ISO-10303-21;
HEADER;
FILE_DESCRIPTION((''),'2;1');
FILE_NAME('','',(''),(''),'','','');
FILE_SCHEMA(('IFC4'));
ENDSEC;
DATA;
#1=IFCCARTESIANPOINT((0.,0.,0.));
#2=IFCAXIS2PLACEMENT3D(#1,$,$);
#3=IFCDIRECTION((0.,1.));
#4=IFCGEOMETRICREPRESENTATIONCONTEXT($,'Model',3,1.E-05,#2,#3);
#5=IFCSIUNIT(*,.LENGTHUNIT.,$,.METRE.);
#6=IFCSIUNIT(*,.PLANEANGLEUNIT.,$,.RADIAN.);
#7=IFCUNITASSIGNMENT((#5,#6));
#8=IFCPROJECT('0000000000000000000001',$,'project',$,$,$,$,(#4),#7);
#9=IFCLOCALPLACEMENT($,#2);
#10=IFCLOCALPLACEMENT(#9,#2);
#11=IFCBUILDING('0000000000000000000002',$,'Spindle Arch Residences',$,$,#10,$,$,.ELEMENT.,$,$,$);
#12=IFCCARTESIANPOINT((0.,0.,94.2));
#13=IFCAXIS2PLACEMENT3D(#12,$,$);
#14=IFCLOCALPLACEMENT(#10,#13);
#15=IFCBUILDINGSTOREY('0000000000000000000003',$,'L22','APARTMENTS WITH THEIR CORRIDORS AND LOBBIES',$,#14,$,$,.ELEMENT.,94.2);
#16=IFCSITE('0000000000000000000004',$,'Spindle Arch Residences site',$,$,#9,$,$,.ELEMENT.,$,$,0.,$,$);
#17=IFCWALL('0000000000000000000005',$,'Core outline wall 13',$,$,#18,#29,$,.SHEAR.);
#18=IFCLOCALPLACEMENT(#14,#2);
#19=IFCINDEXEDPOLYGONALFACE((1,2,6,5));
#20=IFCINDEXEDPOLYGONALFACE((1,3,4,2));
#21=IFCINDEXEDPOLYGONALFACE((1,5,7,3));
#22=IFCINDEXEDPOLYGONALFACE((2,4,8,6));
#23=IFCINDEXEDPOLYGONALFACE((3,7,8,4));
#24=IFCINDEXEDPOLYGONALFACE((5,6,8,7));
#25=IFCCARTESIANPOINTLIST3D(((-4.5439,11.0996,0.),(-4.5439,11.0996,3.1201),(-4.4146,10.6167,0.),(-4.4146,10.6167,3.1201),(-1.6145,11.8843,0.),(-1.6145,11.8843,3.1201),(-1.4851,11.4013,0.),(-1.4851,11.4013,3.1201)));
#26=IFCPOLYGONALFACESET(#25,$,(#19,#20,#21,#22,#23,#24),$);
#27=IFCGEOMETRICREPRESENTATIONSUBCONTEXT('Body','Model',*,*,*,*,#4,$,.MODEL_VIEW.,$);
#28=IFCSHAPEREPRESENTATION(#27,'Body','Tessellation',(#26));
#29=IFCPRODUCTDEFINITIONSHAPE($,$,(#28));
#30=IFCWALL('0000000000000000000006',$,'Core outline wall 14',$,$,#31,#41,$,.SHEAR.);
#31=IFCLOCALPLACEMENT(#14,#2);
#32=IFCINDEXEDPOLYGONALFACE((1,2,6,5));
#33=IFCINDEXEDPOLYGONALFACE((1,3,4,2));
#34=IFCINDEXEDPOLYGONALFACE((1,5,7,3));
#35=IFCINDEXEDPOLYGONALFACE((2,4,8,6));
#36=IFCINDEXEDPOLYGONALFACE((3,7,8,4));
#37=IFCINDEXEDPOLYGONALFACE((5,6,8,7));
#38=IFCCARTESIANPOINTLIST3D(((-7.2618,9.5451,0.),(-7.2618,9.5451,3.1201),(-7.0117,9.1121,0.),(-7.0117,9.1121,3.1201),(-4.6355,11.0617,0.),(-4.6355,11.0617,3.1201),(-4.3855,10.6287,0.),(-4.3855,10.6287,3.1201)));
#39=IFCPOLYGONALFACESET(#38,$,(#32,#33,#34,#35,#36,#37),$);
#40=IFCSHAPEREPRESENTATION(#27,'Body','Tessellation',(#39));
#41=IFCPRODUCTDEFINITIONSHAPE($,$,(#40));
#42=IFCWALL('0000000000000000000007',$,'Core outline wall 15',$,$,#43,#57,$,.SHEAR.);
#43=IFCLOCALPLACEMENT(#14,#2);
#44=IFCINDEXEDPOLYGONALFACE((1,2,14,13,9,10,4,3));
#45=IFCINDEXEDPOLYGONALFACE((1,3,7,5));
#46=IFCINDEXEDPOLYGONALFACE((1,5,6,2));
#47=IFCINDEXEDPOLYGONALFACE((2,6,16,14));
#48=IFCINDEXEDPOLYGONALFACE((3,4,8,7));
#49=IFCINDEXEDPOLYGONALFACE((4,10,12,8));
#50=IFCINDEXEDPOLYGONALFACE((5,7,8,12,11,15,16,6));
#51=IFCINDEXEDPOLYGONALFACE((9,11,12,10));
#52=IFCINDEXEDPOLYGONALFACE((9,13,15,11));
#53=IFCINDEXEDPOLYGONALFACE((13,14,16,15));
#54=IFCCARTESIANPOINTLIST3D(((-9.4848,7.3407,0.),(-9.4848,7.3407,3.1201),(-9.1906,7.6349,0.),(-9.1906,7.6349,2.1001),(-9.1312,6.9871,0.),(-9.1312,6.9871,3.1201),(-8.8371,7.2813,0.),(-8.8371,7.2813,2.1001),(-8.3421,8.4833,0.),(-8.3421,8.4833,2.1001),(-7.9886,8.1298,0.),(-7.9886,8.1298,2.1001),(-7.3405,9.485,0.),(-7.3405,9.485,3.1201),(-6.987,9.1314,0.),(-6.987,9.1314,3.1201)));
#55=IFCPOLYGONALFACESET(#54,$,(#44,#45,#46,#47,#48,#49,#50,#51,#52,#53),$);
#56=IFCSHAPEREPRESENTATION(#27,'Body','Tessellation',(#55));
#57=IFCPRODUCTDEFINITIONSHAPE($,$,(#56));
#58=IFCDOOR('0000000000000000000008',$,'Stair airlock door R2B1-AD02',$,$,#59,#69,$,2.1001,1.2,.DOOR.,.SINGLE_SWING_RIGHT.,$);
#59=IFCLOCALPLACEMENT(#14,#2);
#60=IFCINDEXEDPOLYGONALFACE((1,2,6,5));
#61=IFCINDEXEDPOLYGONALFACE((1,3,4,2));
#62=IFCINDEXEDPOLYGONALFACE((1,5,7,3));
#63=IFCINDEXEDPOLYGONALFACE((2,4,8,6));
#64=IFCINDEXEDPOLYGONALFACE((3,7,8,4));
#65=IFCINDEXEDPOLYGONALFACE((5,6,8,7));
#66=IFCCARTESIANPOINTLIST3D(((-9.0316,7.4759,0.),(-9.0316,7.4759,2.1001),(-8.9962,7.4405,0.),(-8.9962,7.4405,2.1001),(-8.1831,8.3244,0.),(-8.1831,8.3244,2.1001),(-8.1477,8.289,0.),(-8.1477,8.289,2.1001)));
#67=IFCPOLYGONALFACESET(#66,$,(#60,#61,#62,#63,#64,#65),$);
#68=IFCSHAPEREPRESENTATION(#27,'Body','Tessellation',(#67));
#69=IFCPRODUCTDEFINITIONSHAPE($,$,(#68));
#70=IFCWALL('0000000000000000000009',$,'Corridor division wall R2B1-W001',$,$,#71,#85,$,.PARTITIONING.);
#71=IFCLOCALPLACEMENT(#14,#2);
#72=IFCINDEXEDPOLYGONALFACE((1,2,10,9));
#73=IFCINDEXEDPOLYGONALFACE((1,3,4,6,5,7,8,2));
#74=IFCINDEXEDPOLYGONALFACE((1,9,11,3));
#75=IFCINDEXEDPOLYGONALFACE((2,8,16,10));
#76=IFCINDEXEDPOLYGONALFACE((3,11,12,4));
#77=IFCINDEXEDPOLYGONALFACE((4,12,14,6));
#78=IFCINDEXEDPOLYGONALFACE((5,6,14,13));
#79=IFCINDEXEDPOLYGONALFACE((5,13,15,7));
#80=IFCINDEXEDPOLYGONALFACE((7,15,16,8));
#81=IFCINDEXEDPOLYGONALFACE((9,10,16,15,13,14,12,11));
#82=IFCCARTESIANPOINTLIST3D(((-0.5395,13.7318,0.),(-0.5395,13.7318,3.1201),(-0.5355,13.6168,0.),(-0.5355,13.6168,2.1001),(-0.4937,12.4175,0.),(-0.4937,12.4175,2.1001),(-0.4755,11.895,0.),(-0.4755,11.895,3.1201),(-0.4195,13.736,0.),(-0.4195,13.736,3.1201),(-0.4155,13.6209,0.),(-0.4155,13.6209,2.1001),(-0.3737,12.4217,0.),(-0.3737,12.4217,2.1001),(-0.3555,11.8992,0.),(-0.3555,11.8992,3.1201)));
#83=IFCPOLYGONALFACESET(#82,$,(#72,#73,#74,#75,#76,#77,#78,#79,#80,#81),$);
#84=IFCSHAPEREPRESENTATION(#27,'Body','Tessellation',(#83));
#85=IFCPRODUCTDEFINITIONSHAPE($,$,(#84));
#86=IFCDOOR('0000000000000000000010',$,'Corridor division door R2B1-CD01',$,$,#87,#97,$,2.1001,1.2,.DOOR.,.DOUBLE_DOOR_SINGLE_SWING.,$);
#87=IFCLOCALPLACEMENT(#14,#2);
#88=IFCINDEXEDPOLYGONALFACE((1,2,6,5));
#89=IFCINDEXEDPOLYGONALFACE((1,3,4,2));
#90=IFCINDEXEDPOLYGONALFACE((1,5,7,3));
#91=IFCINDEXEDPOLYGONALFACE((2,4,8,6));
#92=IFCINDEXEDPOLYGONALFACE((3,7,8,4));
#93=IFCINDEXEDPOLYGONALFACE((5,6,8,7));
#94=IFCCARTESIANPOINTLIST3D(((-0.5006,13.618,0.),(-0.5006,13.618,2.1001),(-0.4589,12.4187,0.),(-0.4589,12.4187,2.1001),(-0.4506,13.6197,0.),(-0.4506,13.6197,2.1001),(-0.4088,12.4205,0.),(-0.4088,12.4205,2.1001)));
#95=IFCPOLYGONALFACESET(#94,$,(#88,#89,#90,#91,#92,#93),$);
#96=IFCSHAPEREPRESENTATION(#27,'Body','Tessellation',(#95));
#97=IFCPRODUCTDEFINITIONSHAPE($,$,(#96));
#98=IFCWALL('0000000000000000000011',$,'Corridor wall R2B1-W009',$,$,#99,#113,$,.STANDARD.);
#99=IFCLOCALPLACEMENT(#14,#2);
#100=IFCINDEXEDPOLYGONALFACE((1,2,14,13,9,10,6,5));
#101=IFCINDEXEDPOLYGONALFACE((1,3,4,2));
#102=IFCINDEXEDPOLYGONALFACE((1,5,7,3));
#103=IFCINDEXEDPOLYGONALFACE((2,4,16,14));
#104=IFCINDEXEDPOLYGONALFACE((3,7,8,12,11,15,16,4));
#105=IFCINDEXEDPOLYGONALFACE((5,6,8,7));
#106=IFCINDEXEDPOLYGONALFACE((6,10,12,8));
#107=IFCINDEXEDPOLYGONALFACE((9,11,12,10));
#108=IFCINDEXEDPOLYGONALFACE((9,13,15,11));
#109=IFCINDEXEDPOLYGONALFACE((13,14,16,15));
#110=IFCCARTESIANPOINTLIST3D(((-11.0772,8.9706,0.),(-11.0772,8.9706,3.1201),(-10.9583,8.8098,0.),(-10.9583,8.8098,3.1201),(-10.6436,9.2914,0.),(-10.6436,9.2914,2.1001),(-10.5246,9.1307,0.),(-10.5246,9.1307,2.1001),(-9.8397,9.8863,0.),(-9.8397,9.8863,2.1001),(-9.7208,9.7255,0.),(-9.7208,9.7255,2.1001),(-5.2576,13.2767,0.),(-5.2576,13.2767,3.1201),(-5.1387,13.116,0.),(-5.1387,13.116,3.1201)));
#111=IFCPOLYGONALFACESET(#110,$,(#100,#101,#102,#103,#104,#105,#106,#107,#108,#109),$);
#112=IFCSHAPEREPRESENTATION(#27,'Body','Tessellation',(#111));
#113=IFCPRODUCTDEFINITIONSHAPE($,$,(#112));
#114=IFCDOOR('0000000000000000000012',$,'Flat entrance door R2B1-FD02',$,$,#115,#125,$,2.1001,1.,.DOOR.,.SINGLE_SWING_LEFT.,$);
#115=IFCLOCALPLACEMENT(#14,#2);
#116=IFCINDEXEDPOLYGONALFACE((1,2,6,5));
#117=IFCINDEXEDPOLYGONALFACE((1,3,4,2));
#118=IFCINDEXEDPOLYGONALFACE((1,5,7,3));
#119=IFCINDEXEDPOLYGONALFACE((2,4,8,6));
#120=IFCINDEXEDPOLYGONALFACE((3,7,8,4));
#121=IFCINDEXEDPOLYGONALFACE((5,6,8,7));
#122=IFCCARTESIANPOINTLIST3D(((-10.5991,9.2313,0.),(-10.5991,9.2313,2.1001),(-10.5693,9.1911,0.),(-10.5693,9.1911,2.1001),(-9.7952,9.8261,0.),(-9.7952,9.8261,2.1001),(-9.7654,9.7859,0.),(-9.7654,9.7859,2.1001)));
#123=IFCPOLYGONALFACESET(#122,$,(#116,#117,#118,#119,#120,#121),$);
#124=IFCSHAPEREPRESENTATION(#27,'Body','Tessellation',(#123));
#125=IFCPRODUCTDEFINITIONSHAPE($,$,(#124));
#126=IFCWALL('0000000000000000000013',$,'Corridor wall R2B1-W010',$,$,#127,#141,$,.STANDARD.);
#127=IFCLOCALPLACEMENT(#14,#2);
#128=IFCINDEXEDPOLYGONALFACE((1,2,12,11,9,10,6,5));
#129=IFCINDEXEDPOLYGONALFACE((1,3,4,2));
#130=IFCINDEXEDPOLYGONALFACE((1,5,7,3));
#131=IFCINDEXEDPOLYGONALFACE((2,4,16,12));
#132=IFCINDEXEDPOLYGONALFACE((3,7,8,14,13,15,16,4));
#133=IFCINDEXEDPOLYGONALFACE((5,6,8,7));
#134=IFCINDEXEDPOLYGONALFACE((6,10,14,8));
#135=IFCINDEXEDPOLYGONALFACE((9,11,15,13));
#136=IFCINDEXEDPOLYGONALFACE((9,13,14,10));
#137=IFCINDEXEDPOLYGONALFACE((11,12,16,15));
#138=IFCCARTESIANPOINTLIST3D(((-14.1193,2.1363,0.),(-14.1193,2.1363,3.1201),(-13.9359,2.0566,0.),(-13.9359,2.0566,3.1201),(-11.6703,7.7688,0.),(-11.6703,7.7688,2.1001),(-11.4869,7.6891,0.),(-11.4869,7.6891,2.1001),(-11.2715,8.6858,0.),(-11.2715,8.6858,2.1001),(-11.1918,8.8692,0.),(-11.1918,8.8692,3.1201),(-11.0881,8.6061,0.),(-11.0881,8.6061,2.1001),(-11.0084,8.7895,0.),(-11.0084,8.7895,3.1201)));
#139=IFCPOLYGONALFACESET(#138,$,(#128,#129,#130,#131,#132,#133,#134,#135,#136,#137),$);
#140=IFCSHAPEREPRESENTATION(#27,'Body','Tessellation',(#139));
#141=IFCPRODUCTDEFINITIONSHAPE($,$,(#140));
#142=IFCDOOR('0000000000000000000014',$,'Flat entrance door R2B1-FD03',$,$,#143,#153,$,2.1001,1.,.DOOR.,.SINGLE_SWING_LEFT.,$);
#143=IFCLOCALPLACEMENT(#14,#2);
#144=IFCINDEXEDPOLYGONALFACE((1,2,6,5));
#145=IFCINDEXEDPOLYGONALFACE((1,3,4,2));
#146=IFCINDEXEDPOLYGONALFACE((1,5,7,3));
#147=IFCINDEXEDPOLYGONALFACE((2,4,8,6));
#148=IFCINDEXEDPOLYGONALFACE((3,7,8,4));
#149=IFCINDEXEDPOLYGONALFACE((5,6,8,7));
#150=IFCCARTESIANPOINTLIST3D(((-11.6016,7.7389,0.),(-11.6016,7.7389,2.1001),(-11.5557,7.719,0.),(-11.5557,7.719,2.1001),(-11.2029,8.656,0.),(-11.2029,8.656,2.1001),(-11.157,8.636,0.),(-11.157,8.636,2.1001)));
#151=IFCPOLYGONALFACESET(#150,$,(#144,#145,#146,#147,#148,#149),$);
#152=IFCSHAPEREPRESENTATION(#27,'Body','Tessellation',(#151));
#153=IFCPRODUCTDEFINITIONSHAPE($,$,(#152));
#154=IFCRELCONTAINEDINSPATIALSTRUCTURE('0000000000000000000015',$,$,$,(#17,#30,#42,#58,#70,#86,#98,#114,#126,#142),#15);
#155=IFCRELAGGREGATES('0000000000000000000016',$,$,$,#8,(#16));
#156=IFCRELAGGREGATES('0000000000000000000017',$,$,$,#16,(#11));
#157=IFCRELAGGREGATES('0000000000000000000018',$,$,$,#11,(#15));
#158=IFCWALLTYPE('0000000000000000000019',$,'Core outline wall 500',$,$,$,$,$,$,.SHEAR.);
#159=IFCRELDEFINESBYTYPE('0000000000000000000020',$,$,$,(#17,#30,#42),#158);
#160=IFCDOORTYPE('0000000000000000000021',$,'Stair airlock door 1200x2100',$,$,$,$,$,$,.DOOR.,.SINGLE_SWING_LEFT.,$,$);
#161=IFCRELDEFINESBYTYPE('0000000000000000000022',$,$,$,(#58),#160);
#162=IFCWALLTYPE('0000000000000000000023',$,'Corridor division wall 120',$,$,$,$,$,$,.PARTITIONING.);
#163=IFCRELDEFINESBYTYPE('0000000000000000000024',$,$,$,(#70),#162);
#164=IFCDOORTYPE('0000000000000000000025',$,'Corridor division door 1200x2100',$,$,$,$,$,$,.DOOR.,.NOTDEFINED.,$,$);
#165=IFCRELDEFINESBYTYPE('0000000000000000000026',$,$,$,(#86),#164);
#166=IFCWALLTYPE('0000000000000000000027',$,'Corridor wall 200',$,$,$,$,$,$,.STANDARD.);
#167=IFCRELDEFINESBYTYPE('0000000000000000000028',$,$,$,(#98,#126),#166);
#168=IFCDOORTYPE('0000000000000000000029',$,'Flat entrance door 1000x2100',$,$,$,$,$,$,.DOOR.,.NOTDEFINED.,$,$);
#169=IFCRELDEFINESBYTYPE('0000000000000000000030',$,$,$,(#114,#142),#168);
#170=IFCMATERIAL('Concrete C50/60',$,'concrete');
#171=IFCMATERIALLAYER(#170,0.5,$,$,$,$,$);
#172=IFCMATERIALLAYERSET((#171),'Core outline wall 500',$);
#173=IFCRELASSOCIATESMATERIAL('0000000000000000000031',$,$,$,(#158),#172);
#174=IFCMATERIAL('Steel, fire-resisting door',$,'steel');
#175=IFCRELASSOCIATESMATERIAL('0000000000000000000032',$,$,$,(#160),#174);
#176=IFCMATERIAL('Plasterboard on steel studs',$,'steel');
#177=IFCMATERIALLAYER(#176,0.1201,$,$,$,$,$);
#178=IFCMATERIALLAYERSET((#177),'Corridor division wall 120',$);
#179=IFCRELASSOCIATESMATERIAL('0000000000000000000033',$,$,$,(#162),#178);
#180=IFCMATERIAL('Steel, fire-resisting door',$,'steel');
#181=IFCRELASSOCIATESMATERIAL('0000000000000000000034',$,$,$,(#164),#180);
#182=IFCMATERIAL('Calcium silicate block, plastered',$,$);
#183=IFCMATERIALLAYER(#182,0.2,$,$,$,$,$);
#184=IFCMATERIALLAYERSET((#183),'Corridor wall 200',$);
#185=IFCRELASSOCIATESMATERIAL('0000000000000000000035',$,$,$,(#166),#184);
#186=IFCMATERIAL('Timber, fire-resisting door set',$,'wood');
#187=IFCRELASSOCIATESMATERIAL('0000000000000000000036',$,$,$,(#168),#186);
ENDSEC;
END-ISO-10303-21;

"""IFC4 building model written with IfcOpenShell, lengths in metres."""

from ifc_helpers import new_model, si_unit, direction, frame, frame_2d, origin, place, context, subcontext, project, spatial, rectangle, extrude, material, layer, layer_set, type_object, element, fill, save


model = new_model("IFC4")

# Units and contexts
model_context = context("Model", 3, precision=1e-05, world=origin(), true_north=direction((0.0, 1.0)))
body_context = subcontext(model_context, "Body", "Model", "MODEL_VIEW")
ifc_project = project(units=[si_unit("LENGTHUNIT", "METRE"), si_unit("PLANEANGLEUNIT", "RADIAN")], contexts=[model_context])

# Site, building, storey
site_placement = place(None, origin())
site = spatial("IfcSite", under=ifc_project, at=site_placement, Name="Spindle Arch Residences site", CompositionType="ELEMENT", RefElevation=0.0)
building_placement = place(site_placement, origin())
building = spatial("IfcBuilding", under=site, at=building_placement, Name="Spindle Arch Residences", CompositionType="ELEMENT")
storey_placement = place(building_placement, frame((0.0, 0.0, 94.2)))
storey = spatial("IfcBuildingStorey", under=building, at=storey_placement, Name="L22", Description="APARTMENTS WITH THEIR CORRIDORS AND LOBBIES", CompositionType="ELEMENT", Elevation=94.2)

# Walls
ifc_material_1 = material(Name="Concrete C50/60", Category="concrete")
ifc_layer_1 = layer(ifc_material_1, 0.5)
ifc_layer_set_1 = layer_set([ifc_layer_1], Name="Core outline wall 500")
wall_type_1 = type_object("IfcWallType", Name="Core outline wall 500", PredefinedType="SHEAR", material=ifc_layer_set_1)
for number, where, z_axis, x_axis, name in (
    (1, (-1.5498, 11.6428, 0.0), (0.0, 0.0, 1.0), (-0.965948, -0.258735, 0.0), "Core outline wall 13"),
    (2, (-4.5105, 10.8452, 0.0), (0.0, 0.0, 1.0), (-0.865975, -0.500087, 0.0), "Core outline wall 14"),
):
    element("IfcWall", number, at=place(storey_placement, frame(where, z_axis=z_axis, x_axis=x_axis)), inside=storey, type_object=wall_type_1, Name=name, PredefinedType="SHEAR", context=body_context, shape_type="SweptSolid", body=[
        extrude(rectangle(XDim=3.0327, YDim=0.5, at=frame_2d((1.5164, 0.0))), origin(), (0.0, 0.0, 1.0), 3.1201),
    ])

# Walls, openings, doors
wall_1_placement = place(storey_placement, frame((-7.1638, 9.3081, 0.0), z_axis=(0.0, 0.0, 1.0), x_axis=(-0.707107, -0.707107, 0.0)))
wall_1 = element("IfcWall", 3, at=wall_1_placement, inside=storey, type_object=wall_type_1, Name="Core outline wall 15", PredefinedType="SHEAR", context=body_context, shape_type="SweptSolid", body=[
    extrude(rectangle(XDim=3.0325, YDim=0.5, at=frame_2d((1.5161, 0.0))), origin(), (0.0, 0.0, 1.0), 3.1201),
])
opening_1_placement = place(wall_1_placement, frame((1.4163, 0.0, 0.0)))
opening_1 = element("IfcOpeningElement", 4, at=opening_1_placement, cuts=wall_1, PredefinedType="OPENING", context=body_context, shape_type="SweptSolid", body=[
    extrude(rectangle(XDim=1.2, YDim=2.1001, at=frame_2d((0.6001, 1.05))), frame((0.0, 0.26, 0.0), z_axis=(0.0, -1.0, 0.0), x_axis=(1.0, 0.0, 0.0)), (0.0, 0.0, 1.0), 0.52),
])
ifc_material_2 = material(Name="Steel, fire-resisting door", Category="steel")
door_type_1 = type_object("IfcDoorType", Name="Stair airlock door 1200x2100", OperationType="SINGLE_SWING_LEFT", PredefinedType="DOOR", material=ifc_material_2)
door_1_placement = place(opening_1_placement, origin())
door_1 = element("IfcDoor", 5, at=door_1_placement, inside=storey, type_object=door_type_1, Name="Stair airlock door R2B1-AD02", OperationType="SINGLE_SWING_RIGHT", OverallHeight=2.1001, OverallWidth=1.2, PredefinedType="DOOR", context=body_context, shape_type="SweptSolid", body=[
    extrude(rectangle(XDim=1.2, YDim=2.1001, at=frame_2d((0.6001, 1.05))), frame((0.0, 0.0249, 0.0), z_axis=(0.0, -1.0, 0.0), x_axis=(1.0, 0.0, 0.0)), (0.0, 0.0, 1.0), 0.05),
])
fill(opening_1, door_1)
ifc_material_3 = material(Name="Plasterboard on steel studs", Category="steel")
ifc_layer_2 = layer(ifc_material_3, 0.1201)
ifc_layer_set_2 = layer_set([ifc_layer_2], Name="Corridor division wall 120")
wall_type_2 = type_object("IfcWallType", Name="Corridor division wall 120", PredefinedType="PARTITIONING", material=ifc_layer_set_2)
wall_2_placement = place(storey_placement, frame((-0.4795, 13.7339, 0.0), z_axis=(0.0, 0.0, 1.0), x_axis=(0.034805, -0.999394, 0.0)))
wall_2 = element("IfcWall", 6, at=wall_2_placement, inside=storey, type_object=wall_type_2, Name="Corridor division wall R2B1-W001", PredefinedType="PARTITIONING", context=body_context, shape_type="SweptSolid", body=[
    extrude(rectangle(XDim=1.8379, YDim=0.1201, at=frame_2d((0.9189, 0.0))), origin(), (0.0, 0.0, 1.0), 3.1201),
])
opening_2_placement = place(wall_2_placement, frame((0.115, 0.0, 0.0)))
opening_2 = element("IfcOpeningElement", 7, at=opening_2_placement, cuts=wall_2, PredefinedType="OPENING", context=body_context, shape_type="SweptSolid", body=[
    extrude(rectangle(XDim=1.2, YDim=2.1001, at=frame_2d((0.6001, 1.05))), frame((0.0, 0.0701, 0.0), z_axis=(0.0, -1.0, 0.0), x_axis=(1.0, 0.0, 0.0)), (0.0, 0.0, 1.0), 0.1401),
])
ifc_material_4 = material(Name="Steel, fire-resisting door", Category="steel")
door_type_2 = type_object("IfcDoorType", Name="Corridor division door 1200x2100", OperationType="NOTDEFINED", PredefinedType="DOOR", material=ifc_material_4)
door_2_placement = place(opening_2_placement, origin())
door_2 = element("IfcDoor", 8, at=door_2_placement, inside=storey, type_object=door_type_2, Name="Corridor division door R2B1-CD01", OperationType="DOUBLE_DOOR_SINGLE_SWING", OverallHeight=2.1001, OverallWidth=1.2, PredefinedType="DOOR", context=body_context, shape_type="SweptSolid", body=[
    extrude(rectangle(XDim=1.2, YDim=2.1001, at=frame_2d((0.6001, 1.05))), frame((0.0, 0.0249, 0.0), z_axis=(0.0, -1.0, 0.0), x_axis=(1.0, 0.0, 0.0)), (0.0, 0.0, 1.0), 0.05),
])
fill(opening_2, door_2)
ifc_material_5 = material(Name="Calcium silicate block, plastered")
ifc_layer_3 = layer(ifc_material_5, 0.2)
ifc_layer_set_3 = layer_set([ifc_layer_3], Name="Corridor wall 200")
wall_type_3 = type_object("IfcWallType", Name="Corridor wall 200", PredefinedType="STANDARD", material=ifc_layer_set_3)
wall_3_placement = place(storey_placement, frame((-5.1982, 13.1963, 0.0), z_axis=(0.0, 0.0, 1.0), x_axis=(-0.803864, -0.594813, 0.0)))
wall_3 = element("IfcWall", 9, at=wall_3_placement, inside=storey, type_object=wall_type_3, Name="Corridor wall R2B1-W009", PredefinedType="STANDARD", context=body_context, shape_type="SweptSolid", body=[
    extrude(rectangle(XDim=7.2395, YDim=0.2, at=frame_2d((3.6196, 0.0))), origin(), (0.0, 0.0, 1.0), 3.1201),
])
opening_3_placement = place(wall_3_placement, frame((5.7, 0.0, 0.0)))
opening_3 = element("IfcOpeningElement", 10, at=opening_3_placement, cuts=wall_3, PredefinedType="OPENING", context=body_context, shape_type="SweptSolid", body=[
    extrude(rectangle(XDim=1.0, YDim=2.1001, at=frame_2d((0.5, 1.05))), frame((0.0, 0.1099, 0.0), z_axis=(0.0, -1.0, 0.0), x_axis=(1.0, 0.0, 0.0)), (0.0, 0.0, 1.0), 0.22),
])
ifc_material_6 = material(Name="Timber, fire-resisting door set", Category="wood")
door_type_3 = type_object("IfcDoorType", Name="Flat entrance door 1000x2100", OperationType="NOTDEFINED", PredefinedType="DOOR", material=ifc_material_6)
door_3_placement = place(opening_3_placement, origin())
door_3 = element("IfcDoor", 11, at=door_3_placement, inside=storey, type_object=door_type_3, Name="Flat entrance door R2B1-FD02", OperationType="SINGLE_SWING_LEFT", OverallHeight=2.1001, OverallWidth=1.0, PredefinedType="DOOR", context=body_context, shape_type="SweptSolid", body=[
    extrude(rectangle(XDim=1.0, YDim=2.1001, at=frame_2d((0.5, 1.05))), frame((0.0, 0.0249, 0.0), z_axis=(0.0, -1.0, 0.0), x_axis=(1.0, 0.0, 0.0)), (0.0, 0.0, 1.0), 0.05),
])
fill(opening_3, door_3)
wall_4_placement = place(storey_placement, frame((-11.1001, 8.8293, 0.0), z_axis=(0.0, 0.0, 1.0), x_axis=(-0.398742, -0.917063, 0.0)))
wall_4 = element("IfcWall", 12, at=wall_4_placement, inside=storey, type_object=wall_type_3, Name="Corridor wall R2B1-W010", PredefinedType="STANDARD", context=body_context, shape_type="SweptSolid", body=[
    extrude(rectangle(XDim=7.3418, YDim=0.2, at=frame_2d((3.6709, 0.0))), origin(), (0.0, 0.0, 1.0), 3.1201),
])
opening_4_placement = place(wall_4_placement, frame((0.2, 0.0, 0.0)))
opening_4 = element("IfcOpeningElement", 13, at=opening_4_placement, cuts=wall_4, PredefinedType="OPENING", context=body_context, shape_type="SweptSolid", body=[
    extrude(rectangle(XDim=1.0, YDim=2.1001, at=frame_2d((0.5, 1.05))), frame((0.0, 0.1099, 0.0), z_axis=(0.0, -1.0, 0.0), x_axis=(1.0, 0.0, 0.0)), (0.0, 0.0, 1.0), 0.22),
])
door_4_placement = place(opening_4_placement, origin())
door_4 = element("IfcDoor", 14, at=door_4_placement, inside=storey, type_object=door_type_3, Name="Flat entrance door R2B1-FD03", OperationType="SINGLE_SWING_LEFT", OverallHeight=2.1001, OverallWidth=1.0, PredefinedType="DOOR", context=body_context, shape_type="SweptSolid", body=[
    extrude(rectangle(XDim=1.0, YDim=2.1001, at=frame_2d((0.5, 1.05))), frame((0.0, 0.0249, 0.0), z_axis=(0.0, -1.0, 0.0), x_axis=(1.0, 0.0, 0.0)), (0.0, 0.0, 1.0), 0.05),
])
fill(opening_4, door_4)

save(model, "model.ifc")
